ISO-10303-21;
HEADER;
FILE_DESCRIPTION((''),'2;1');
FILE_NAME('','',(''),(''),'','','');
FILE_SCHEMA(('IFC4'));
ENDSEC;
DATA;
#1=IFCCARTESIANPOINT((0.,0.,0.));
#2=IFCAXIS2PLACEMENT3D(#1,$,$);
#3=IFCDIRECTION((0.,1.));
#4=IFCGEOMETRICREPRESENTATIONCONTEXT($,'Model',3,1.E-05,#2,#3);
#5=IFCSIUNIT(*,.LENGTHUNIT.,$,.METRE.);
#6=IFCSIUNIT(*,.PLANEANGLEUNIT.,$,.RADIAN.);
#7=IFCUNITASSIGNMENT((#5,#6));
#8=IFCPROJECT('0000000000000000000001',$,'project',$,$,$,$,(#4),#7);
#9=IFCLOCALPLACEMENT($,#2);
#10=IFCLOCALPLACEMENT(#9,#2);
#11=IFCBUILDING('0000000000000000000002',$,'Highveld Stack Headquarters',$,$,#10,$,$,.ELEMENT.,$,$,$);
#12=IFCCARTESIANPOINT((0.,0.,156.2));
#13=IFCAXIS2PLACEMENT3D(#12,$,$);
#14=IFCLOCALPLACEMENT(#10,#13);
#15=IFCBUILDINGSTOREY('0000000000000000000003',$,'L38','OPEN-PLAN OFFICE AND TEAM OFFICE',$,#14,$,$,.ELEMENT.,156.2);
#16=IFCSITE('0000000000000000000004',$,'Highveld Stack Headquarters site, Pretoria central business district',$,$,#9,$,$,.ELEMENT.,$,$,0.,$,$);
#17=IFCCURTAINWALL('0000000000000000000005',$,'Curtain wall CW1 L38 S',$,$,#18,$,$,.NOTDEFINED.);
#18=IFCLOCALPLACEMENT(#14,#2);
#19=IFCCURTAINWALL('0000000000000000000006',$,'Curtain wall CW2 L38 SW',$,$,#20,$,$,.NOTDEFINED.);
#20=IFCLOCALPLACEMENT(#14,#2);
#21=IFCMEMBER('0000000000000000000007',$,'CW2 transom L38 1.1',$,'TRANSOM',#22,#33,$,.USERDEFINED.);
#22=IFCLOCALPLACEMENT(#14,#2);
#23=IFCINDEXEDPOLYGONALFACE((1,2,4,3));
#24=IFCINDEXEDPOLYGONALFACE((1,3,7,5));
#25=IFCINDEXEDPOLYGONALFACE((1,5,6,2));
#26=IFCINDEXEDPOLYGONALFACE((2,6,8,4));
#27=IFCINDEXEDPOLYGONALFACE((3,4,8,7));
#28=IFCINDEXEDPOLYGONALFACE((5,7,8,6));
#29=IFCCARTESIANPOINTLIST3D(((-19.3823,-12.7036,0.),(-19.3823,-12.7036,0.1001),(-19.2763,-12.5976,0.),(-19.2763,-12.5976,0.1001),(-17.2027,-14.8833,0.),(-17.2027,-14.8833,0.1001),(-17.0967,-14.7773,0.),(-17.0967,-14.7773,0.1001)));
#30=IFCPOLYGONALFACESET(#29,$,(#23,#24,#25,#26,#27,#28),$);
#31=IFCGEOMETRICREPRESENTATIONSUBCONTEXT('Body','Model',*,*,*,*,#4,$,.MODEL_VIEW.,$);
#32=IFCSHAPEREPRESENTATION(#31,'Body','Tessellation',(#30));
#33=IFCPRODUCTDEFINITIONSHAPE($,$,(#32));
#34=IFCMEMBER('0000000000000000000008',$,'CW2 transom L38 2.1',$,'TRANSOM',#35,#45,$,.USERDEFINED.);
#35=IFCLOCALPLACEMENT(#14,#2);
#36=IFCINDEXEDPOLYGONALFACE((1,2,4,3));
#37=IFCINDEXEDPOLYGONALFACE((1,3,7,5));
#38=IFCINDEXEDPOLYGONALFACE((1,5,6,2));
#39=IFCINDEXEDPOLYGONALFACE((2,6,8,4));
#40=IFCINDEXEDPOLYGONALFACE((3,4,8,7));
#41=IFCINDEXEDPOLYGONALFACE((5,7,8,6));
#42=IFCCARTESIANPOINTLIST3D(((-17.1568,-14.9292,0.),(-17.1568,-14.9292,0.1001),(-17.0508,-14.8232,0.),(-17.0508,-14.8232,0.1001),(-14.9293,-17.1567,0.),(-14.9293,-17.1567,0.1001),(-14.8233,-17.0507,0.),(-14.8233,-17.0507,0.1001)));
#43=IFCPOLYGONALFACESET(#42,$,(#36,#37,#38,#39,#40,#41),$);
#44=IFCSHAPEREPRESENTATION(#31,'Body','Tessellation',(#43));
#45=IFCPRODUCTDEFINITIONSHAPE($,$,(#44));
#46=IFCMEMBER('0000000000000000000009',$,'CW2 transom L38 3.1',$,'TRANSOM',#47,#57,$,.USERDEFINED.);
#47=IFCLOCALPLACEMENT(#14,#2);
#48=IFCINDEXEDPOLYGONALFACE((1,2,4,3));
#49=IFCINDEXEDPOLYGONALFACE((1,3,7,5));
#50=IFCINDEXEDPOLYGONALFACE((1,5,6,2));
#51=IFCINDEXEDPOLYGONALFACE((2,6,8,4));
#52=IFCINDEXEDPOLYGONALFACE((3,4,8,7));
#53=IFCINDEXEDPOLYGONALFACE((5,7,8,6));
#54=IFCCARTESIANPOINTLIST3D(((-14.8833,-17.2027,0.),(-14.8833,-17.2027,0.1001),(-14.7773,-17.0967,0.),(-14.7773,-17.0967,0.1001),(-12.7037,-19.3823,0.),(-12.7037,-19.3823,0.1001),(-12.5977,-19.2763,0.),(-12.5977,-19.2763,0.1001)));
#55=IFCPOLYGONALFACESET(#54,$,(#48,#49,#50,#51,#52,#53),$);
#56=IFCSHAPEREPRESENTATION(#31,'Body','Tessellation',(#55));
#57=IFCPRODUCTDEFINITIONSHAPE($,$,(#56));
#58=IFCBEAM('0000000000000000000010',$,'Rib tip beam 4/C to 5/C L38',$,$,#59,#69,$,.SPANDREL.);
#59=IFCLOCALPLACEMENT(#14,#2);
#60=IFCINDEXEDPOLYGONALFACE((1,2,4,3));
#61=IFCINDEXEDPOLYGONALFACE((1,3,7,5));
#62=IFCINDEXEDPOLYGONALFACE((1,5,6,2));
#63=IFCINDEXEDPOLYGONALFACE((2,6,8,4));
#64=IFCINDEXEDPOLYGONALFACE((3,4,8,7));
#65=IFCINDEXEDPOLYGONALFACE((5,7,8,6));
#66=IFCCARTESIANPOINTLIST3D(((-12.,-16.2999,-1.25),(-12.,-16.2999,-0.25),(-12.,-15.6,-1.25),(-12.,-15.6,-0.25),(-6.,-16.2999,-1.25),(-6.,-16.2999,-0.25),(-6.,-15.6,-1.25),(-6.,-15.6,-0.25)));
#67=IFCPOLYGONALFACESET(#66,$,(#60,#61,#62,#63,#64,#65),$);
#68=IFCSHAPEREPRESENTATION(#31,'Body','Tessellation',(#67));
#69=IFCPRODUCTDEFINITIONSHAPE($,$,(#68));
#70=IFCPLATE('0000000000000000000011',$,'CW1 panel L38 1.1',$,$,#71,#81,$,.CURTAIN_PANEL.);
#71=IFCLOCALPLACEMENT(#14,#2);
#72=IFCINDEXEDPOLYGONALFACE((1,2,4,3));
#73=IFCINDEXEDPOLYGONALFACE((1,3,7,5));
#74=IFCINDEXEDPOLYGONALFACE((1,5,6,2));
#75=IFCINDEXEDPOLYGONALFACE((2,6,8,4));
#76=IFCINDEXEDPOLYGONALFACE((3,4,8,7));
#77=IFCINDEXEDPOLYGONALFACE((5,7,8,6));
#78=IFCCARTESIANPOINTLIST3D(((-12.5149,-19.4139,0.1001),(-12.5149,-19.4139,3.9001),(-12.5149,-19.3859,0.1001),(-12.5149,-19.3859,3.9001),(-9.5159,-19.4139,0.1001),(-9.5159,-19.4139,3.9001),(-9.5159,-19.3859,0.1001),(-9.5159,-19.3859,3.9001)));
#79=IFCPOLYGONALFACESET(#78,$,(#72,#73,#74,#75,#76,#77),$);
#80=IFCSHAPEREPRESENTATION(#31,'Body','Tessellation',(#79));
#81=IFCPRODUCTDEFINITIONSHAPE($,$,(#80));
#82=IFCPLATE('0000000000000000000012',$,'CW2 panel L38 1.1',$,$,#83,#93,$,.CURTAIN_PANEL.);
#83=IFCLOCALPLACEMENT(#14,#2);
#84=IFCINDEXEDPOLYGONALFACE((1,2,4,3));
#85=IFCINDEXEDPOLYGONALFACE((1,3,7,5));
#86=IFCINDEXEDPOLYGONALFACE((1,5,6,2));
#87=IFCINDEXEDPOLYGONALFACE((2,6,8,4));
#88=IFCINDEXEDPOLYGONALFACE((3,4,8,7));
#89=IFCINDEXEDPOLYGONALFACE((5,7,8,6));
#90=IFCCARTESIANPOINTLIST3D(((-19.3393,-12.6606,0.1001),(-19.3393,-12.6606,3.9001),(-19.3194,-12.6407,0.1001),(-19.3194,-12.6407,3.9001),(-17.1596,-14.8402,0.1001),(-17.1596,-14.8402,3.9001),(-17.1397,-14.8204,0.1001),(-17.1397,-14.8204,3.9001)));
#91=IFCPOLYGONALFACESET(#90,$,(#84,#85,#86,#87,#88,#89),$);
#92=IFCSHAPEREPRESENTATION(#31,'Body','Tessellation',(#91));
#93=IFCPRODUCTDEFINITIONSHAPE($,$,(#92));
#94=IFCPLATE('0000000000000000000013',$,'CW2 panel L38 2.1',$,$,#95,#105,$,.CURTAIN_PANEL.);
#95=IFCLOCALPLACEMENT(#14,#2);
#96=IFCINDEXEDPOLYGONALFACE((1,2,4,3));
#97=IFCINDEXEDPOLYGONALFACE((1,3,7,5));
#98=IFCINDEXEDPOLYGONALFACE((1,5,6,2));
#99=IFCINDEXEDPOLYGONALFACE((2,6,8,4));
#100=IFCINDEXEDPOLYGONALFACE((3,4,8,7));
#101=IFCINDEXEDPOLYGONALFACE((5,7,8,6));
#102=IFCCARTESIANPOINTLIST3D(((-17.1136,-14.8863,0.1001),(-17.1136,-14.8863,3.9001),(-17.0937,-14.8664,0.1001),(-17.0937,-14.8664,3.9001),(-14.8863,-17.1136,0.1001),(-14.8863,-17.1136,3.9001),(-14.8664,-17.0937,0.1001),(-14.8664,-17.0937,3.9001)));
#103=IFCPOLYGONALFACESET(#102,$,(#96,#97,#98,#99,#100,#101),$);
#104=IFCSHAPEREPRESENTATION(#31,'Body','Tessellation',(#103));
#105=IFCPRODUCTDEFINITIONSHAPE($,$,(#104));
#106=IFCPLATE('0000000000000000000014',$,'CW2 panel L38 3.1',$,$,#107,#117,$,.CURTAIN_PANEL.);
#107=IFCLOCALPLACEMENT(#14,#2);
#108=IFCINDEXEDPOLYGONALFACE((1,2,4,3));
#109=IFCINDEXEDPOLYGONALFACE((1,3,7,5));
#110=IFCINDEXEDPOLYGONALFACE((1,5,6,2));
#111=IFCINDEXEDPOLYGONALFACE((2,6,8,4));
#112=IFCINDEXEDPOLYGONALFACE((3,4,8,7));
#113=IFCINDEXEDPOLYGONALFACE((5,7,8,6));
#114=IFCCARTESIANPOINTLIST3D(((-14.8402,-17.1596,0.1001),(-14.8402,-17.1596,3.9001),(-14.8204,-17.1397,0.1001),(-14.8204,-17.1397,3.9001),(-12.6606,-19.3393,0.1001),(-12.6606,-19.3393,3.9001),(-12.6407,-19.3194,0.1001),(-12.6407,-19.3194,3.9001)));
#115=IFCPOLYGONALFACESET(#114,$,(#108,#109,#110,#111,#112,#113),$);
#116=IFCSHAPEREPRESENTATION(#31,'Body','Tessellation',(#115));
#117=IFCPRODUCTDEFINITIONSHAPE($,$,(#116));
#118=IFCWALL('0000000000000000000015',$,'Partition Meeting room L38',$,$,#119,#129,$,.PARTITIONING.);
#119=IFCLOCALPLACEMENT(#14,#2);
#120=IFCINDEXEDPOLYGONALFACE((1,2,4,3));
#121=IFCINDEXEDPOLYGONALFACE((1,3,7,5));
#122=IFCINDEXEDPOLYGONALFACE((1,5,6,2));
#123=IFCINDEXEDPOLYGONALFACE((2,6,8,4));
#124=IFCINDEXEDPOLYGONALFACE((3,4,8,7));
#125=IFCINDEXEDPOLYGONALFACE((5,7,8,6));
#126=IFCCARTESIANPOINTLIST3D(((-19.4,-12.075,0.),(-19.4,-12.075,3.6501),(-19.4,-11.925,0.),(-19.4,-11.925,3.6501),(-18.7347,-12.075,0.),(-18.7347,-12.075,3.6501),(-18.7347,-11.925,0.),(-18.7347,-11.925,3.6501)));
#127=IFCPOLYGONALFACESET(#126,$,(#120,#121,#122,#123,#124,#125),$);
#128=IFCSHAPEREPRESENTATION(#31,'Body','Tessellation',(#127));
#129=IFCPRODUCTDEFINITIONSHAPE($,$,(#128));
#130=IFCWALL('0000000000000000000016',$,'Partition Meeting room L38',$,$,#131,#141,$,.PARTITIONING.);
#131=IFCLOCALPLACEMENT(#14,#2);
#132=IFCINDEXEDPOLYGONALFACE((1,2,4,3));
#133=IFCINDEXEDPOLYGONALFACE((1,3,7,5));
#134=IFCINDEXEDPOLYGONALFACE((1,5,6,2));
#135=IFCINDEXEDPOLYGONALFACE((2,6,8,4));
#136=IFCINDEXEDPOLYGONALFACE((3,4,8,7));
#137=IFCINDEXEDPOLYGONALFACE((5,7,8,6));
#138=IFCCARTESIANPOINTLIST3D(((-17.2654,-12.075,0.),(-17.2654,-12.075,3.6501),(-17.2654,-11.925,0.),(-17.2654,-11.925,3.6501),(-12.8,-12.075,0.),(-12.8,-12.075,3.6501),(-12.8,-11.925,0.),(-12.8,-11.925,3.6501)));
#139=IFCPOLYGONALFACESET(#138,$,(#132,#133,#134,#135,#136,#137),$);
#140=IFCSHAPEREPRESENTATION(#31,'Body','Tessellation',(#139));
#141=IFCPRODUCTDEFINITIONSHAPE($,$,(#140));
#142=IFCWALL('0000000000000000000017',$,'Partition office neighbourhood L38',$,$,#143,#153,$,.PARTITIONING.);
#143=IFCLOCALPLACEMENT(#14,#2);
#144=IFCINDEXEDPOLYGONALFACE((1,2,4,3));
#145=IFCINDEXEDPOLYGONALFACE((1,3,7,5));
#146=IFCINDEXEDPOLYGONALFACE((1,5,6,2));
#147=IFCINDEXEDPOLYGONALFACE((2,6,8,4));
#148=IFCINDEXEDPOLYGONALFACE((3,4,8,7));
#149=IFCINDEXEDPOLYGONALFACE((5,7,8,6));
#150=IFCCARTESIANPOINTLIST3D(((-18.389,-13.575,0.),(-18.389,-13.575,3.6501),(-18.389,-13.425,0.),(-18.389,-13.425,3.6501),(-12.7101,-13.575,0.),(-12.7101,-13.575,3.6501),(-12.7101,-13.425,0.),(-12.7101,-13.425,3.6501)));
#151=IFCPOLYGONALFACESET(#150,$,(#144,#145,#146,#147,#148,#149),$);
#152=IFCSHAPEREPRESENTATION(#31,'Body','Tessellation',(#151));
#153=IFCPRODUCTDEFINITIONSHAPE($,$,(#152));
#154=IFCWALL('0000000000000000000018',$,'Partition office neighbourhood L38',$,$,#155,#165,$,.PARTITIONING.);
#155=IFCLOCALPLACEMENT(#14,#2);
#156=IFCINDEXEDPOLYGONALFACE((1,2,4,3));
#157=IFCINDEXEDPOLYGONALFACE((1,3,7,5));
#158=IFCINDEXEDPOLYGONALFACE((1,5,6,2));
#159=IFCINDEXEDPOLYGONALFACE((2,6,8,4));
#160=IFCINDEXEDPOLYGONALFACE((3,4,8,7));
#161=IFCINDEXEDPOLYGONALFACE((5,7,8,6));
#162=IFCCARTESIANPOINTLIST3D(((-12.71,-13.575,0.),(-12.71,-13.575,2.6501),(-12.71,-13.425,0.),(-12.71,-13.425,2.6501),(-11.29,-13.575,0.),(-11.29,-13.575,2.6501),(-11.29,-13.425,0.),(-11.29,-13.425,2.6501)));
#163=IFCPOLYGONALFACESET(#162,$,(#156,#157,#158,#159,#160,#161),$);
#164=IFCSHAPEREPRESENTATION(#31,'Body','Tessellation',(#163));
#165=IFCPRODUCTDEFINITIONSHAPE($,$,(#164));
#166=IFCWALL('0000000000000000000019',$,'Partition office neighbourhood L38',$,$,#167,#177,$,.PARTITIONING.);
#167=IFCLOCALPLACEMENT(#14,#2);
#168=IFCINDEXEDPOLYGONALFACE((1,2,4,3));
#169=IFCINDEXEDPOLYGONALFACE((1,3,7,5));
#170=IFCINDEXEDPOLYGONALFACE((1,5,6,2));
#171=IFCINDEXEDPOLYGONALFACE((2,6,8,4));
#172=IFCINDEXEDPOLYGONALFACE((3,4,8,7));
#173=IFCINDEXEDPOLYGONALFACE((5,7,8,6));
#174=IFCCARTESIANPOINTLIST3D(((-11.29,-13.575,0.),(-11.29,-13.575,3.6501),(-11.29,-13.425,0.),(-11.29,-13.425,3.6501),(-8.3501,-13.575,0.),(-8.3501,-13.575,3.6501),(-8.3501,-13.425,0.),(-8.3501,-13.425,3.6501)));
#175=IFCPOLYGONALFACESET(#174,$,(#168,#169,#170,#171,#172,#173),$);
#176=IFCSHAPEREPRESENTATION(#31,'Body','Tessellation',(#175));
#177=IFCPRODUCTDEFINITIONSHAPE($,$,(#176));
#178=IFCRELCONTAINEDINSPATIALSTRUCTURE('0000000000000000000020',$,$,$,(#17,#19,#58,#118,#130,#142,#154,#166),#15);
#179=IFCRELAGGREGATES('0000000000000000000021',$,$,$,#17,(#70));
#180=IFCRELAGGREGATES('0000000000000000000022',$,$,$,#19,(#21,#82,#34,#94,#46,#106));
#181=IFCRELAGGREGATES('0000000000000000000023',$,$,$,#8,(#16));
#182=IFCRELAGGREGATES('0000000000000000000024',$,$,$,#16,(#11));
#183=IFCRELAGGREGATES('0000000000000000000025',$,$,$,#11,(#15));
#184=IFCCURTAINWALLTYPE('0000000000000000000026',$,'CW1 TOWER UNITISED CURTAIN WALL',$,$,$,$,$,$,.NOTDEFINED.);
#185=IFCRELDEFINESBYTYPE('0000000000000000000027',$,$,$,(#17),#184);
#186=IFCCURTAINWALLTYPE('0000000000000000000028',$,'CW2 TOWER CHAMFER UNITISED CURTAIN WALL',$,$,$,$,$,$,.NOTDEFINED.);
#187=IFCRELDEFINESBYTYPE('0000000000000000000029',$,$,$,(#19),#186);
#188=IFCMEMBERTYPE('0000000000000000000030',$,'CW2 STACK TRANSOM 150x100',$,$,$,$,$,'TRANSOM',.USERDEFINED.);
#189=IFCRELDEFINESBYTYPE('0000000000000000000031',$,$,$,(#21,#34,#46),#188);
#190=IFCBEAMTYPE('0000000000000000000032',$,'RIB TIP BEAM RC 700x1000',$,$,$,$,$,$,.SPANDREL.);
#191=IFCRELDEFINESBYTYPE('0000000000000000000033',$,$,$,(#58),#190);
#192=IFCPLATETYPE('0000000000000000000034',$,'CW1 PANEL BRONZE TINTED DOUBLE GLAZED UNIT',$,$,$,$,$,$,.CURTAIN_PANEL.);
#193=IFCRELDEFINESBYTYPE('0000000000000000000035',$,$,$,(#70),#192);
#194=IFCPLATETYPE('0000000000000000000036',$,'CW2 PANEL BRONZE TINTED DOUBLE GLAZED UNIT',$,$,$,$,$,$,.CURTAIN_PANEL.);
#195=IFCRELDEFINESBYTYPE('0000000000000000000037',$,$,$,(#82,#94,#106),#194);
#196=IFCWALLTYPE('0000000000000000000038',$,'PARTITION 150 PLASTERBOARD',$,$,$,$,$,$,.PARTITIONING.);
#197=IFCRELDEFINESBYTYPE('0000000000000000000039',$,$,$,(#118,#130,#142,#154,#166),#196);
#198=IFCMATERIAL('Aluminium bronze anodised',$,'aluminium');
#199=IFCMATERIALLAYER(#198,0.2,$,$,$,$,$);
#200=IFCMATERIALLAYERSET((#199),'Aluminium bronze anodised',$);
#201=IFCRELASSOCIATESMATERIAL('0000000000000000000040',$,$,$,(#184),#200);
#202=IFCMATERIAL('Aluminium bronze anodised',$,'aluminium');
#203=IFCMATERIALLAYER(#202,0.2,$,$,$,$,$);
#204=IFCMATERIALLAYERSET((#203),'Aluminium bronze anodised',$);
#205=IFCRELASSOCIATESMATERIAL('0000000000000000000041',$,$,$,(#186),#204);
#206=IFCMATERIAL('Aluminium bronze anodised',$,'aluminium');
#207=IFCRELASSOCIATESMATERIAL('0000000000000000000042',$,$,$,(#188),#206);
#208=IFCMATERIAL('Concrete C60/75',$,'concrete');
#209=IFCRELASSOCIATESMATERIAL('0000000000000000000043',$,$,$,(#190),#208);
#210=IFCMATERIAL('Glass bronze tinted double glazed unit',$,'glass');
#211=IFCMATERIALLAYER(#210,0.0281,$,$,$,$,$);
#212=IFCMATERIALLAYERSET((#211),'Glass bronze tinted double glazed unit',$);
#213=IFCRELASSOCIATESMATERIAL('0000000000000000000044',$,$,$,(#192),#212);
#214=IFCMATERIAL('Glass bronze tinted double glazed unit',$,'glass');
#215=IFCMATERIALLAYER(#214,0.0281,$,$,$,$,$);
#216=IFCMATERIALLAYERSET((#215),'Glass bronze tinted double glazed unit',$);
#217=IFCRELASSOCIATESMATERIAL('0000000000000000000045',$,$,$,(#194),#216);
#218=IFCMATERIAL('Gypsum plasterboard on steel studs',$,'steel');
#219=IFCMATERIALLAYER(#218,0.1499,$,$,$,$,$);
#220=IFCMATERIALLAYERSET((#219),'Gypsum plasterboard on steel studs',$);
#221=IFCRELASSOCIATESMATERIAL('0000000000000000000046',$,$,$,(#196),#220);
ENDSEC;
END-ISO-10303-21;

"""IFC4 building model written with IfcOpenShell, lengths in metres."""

from ifc_helpers import new_model, si_unit, direction, frame, frame_2d, origin, origin_2d, place, context, subcontext, project, spatial, rectangle, extrude, material, layer, layer_set, material_profile, profile_set, type_object, element, aggregate, save


model = new_model("IFC4")

# Units and contexts
model_context = context("Model", 3, precision=1e-05, world=origin(), true_north=direction((0.0, 1.0)))
body_context = subcontext(model_context, "Body", "Model", "MODEL_VIEW")
ifc_project = project(units=[si_unit("LENGTHUNIT", "METRE"), si_unit("PLANEANGLEUNIT", "RADIAN")], contexts=[model_context])

# Site, building, storey
site_placement = place(None, origin())
site = spatial("IfcSite", under=ifc_project, at=site_placement, Name="Highveld Stack Headquarters site, Pretoria central business district", CompositionType="ELEMENT", RefElevation=0.0)
building_placement = place(site_placement, origin())
building = spatial("IfcBuilding", under=site, at=building_placement, Name="Highveld Stack Headquarters", CompositionType="ELEMENT")
storey_placement = place(building_placement, frame((0.0, 0.0, 156.2)))
storey = spatial("IfcBuildingStorey", under=building, at=storey_placement, Name="L38", Description="OPEN-PLAN OFFICE AND TEAM OFFICE", CompositionType="ELEMENT", Elevation=156.2)

# Curtain wall
ifc_material_1 = material(Name="Aluminium bronze anodised", Category="aluminium")
ifc_layer_1 = layer(ifc_material_1, 0.2)
ifc_layer_set_1 = layer_set([ifc_layer_1], Name="Aluminium bronze anodised")
curtain_wall_type_1 = type_object("IfcCurtainWallType", Name="CW1 TOWER UNITISED CURTAIN WALL", PredefinedType="NOTDEFINED", material=ifc_layer_set_1)
curtain_wall_1_placement = place(storey_placement, origin())
curtain_wall_1 = element("IfcCurtainWall", 1, at=curtain_wall_1_placement, inside=storey, type_object=curtain_wall_type_1, Name="Curtain wall CW1 L38 S", PredefinedType="NOTDEFINED")

# Curtain wall, members
ifc_material_2 = material(Name="Aluminium bronze anodised", Category="aluminium")
ifc_layer_2 = layer(ifc_material_2, 0.2)
ifc_layer_set_2 = layer_set([ifc_layer_2], Name="Aluminium bronze anodised")
curtain_wall_type_2 = type_object("IfcCurtainWallType", Name="CW2 TOWER CHAMFER UNITISED CURTAIN WALL", PredefinedType="NOTDEFINED", material=ifc_layer_set_2)
curtain_wall_2_placement = place(storey_placement, origin())
curtain_wall_2 = element("IfcCurtainWall", 2, at=curtain_wall_2_placement, inside=storey, type_object=curtain_wall_type_2, Name="Curtain wall CW2 L38 SW", PredefinedType="NOTDEFINED")
ifc_material_3 = material(Name="Aluminium bronze anodised", Category="aluminium")
ifc_material_profile_1 = material_profile(ifc_material_3, rectangle(XDim=0.1499, YDim=0.1001, at=origin_2d()), Name="CW2 TRANSOM 150x100")
ifc_profile_set_1 = profile_set([ifc_material_profile_1], Name="Aluminium bronze anodised")
member_type_1 = type_object("IfcMemberType", Name="CW2 STACK TRANSOM 150x100", ElementType="TRANSOM", PredefinedType="USERDEFINED", material=ifc_profile_set_1)
member_1_placement = place(storey_placement, frame((-19.3293, -12.6506, 0.05), z_axis=(0.707107, -0.707107, 0.0), x_axis=(0.707107, 0.707107, 0.0)))
member_1 = element("IfcMember", 3, at=member_1_placement, type_object=member_type_1, Name="CW2 transom L38 1.1", ObjectType="TRANSOM", PredefinedType="USERDEFINED", context=body_context, shape_type="SweptSolid", body=[
    extrude(rectangle(XDim=0.1499, YDim=0.1001, at=origin_2d()), origin(), (0.0, 0.0, 1.0), 3.0825),
])
member_2_placement = place(storey_placement, frame((-17.1038, -14.8762, 0.05), z_axis=(0.707107, -0.707107, 0.0), x_axis=(0.707107, 0.707107, 0.0)))
member_2 = element("IfcMember", 4, at=member_2_placement, type_object=member_type_1, Name="CW2 transom L38 2.1", ObjectType="TRANSOM", PredefinedType="USERDEFINED", context=body_context, shape_type="SweptSolid", body=[
    extrude(rectangle(XDim=0.1499, YDim=0.1001, at=origin_2d()), origin(), (0.0, 0.0, 1.0), 3.1501),
])
member_3_placement = place(storey_placement, frame((-14.8303, -17.1497, 0.05), z_axis=(0.707107, -0.707107, 0.0), x_axis=(0.707107, 0.707107, 0.0)))
member_3 = element("IfcMember", 5, at=member_3_placement, type_object=member_type_1, Name="CW2 transom L38 3.1", ObjectType="TRANSOM", PredefinedType="USERDEFINED", context=body_context, shape_type="SweptSolid", body=[
    extrude(rectangle(XDim=0.1499, YDim=0.1001, at=origin_2d()), origin(), (0.0, 0.0, 1.0), 3.0825),
])

# Beam
ifc_material_4 = material(Name="Concrete C60/75", Category="concrete")
ifc_material_profile_2 = material_profile(ifc_material_4, rectangle(XDim=0.7, YDim=1.0, at=origin_2d()), Name="RC 700x1000")
ifc_profile_set_2 = profile_set([ifc_material_profile_2], Name="Concrete C60/75")
beam_type_1 = type_object("IfcBeamType", Name="RIB TIP BEAM RC 700x1000", PredefinedType="SPANDREL", material=ifc_profile_set_2)
beam_1_placement = place(storey_placement, frame((-12.0, -15.95, -0.75), z_axis=(1.0, 0.0, 0.0), x_axis=(0.0, 1.0, 0.0)))
element("IfcBeam", 6, at=beam_1_placement, inside=storey, type_object=beam_type_1, Name="Rib tip beam 4/C to 5/C L38", PredefinedType="SPANDREL", context=body_context, shape_type="SweptSolid", body=[
    extrude(rectangle(XDim=0.7, YDim=1.0, at=origin_2d()), origin(), (0.0, 0.0, 1.0), 6.0),
])

# Plates
ifc_material_5 = material(Name="Glass bronze tinted double glazed unit", Category="glass")
ifc_layer_3 = layer(ifc_material_5, 0.0281)
ifc_layer_set_3 = layer_set([ifc_layer_3], Name="Glass bronze tinted double glazed unit")
plate_type_1 = type_object("IfcPlateType", Name="CW1 PANEL BRONZE TINTED DOUBLE GLAZED UNIT", PredefinedType="CURTAIN_PANEL", material=ifc_layer_set_3)
plate_1_placement = place(storey_placement, frame((-11.0154, -19.3999, 0.1001), z_axis=(0.0, 0.0, 1.0), x_axis=(1.0, 0.0, 0.0)))
plate_1 = element("IfcPlate", 7, at=plate_1_placement, type_object=plate_type_1, Name="CW1 panel L38 1.1", PredefinedType="CURTAIN_PANEL", context=body_context, shape_type="SweptSolid", body=[
    extrude(rectangle(XDim=2.999, YDim=0.0281, at=origin_2d()), origin(), (0.0, 0.0, 1.0), 3.8),
])
aggregate(curtain_wall_1, [plate_1])
ifc_material_6 = material(Name="Glass bronze tinted double glazed unit", Category="glass")
ifc_layer_4 = layer(ifc_material_6, 0.0281)
ifc_layer_set_4 = layer_set([ifc_layer_4], Name="Glass bronze tinted double glazed unit")
plate_type_2 = type_object("IfcPlateType", Name="CW2 PANEL BRONZE TINTED DOUBLE GLAZED UNIT", PredefinedType="CURTAIN_PANEL", material=ifc_layer_set_4)
plate_2_placement = place(storey_placement, frame((-18.2395, -13.7405, 0.1001), z_axis=(0.0, 0.0, 1.0), x_axis=(0.707107, -0.707107, 0.0)))
plate_2 = element("IfcPlate", 8, at=plate_2_placement, type_object=plate_type_2, Name="CW2 panel L38 1.1", PredefinedType="CURTAIN_PANEL", context=body_context, shape_type="SweptSolid", body=[
    extrude(rectangle(XDim=3.0825, YDim=0.0281, at=origin_2d()), origin(), (0.0, 0.0, 1.0), 3.8),
])
plate_3_placement = place(storey_placement, frame((-15.99, -15.99, 0.1001), z_axis=(0.0, 0.0, 1.0), x_axis=(0.707107, -0.707107, 0.0)))
plate_3 = element("IfcPlate", 9, at=plate_3_placement, type_object=plate_type_2, Name="CW2 panel L38 2.1", PredefinedType="CURTAIN_PANEL", context=body_context, shape_type="SweptSolid", body=[
    extrude(rectangle(XDim=3.1499, YDim=0.0281, at=origin_2d()), origin(), (0.0, 0.0, 1.0), 3.8),
])
plate_4_placement = place(storey_placement, frame((-13.7405, -18.2395, 0.1001), z_axis=(0.0, 0.0, 1.0), x_axis=(0.707107, -0.707107, 0.0)))
plate_4 = element("IfcPlate", 10, at=plate_4_placement, type_object=plate_type_2, Name="CW2 panel L38 3.1", PredefinedType="CURTAIN_PANEL", context=body_context, shape_type="SweptSolid", body=[
    extrude(rectangle(XDim=3.0825, YDim=0.0281, at=origin_2d()), origin(), (0.0, 0.0, 1.0), 3.8),
])
aggregate(curtain_wall_2, [member_1, plate_2, member_2, plate_3, member_3, plate_4])

# Walls
ifc_material_7 = material(Name="Gypsum plasterboard on steel studs", Category="steel")
ifc_layer_5 = layer(ifc_material_7, 0.1499)
ifc_layer_set_5 = layer_set([ifc_layer_5], Name="Gypsum plasterboard on steel studs")
wall_type = type_object("IfcWallType", Name="PARTITION 150 PLASTERBOARD", PredefinedType="PARTITIONING", material=ifc_layer_set_5)
wall_1_placement = place(storey_placement, frame((-19.3999, -12.0, 0.0), z_axis=(0.0, 0.0, 1.0), x_axis=(1.0, 0.0, 0.0)))
element("IfcWall", 11, at=wall_1_placement, inside=storey, type_object=wall_type, Name="Partition Meeting room L38", PredefinedType="PARTITIONING", context=body_context, shape_type="SweptSolid", body=[
    extrude(rectangle(XDim=0.6653, YDim=0.1499, at=frame_2d((0.3325, 0.0))), origin(), (0.0, 0.0, 1.0), 3.6501),
])
wall_2_placement = place(storey_placement, frame((-17.2654, -12.0, 0.0), z_axis=(0.0, 0.0, 1.0), x_axis=(1.0, 0.0, 0.0)))
element("IfcWall", 12, at=wall_2_placement, inside=storey, type_object=wall_type, Name="Partition Meeting room L38", PredefinedType="PARTITIONING", context=body_context, shape_type="SweptSolid", body=[
    extrude(rectangle(XDim=4.4653, YDim=0.1499, at=frame_2d((2.2327, 0.0))), origin(), (0.0, 0.0, 1.0), 3.6501),
])
wall_3_placement = place(storey_placement, frame((-18.3889, -13.5, 0.0), z_axis=(0.0, 0.0, 1.0), x_axis=(1.0, 0.0, 0.0)))
element("IfcWall", 13, at=wall_3_placement, inside=storey, type_object=wall_type, Name="Partition office neighbourhood L38", PredefinedType="PARTITIONING", context=body_context, shape_type="SweptSolid", body=[
    extrude(rectangle(XDim=5.679, YDim=0.1499, at=frame_2d((2.8394, 0.0))), origin(), (0.0, 0.0, 1.0), 3.6501),
])
wall_4_placement = place(storey_placement, frame((-12.71, -13.5, 0.0), z_axis=(0.0, 0.0, 1.0), x_axis=(1.0, 0.0, 0.0)))
element("IfcWall", 14, at=wall_4_placement, inside=storey, type_object=wall_type, Name="Partition office neighbourhood L38", PredefinedType="PARTITIONING", context=body_context, shape_type="SweptSolid", body=[
    extrude(rectangle(XDim=1.4199, YDim=0.1499, at=frame_2d((0.71, 0.0))), origin(), (0.0, 0.0, 1.0), 2.6501),
])
wall_5_placement = place(storey_placement, frame((-11.29, -13.5, 0.0), z_axis=(0.0, 0.0, 1.0), x_axis=(1.0, 0.0, 0.0)))
element("IfcWall", 15, at=wall_5_placement, inside=storey, type_object=wall_type, Name="Partition office neighbourhood L38", PredefinedType="PARTITIONING", context=body_context, shape_type="SweptSolid", body=[
    extrude(rectangle(XDim=2.9399, YDim=0.1499, at=frame_2d((1.47, 0.0))), origin(), (0.0, 0.0, 1.0), 3.6501),
])

save(model, "model.ifc")
